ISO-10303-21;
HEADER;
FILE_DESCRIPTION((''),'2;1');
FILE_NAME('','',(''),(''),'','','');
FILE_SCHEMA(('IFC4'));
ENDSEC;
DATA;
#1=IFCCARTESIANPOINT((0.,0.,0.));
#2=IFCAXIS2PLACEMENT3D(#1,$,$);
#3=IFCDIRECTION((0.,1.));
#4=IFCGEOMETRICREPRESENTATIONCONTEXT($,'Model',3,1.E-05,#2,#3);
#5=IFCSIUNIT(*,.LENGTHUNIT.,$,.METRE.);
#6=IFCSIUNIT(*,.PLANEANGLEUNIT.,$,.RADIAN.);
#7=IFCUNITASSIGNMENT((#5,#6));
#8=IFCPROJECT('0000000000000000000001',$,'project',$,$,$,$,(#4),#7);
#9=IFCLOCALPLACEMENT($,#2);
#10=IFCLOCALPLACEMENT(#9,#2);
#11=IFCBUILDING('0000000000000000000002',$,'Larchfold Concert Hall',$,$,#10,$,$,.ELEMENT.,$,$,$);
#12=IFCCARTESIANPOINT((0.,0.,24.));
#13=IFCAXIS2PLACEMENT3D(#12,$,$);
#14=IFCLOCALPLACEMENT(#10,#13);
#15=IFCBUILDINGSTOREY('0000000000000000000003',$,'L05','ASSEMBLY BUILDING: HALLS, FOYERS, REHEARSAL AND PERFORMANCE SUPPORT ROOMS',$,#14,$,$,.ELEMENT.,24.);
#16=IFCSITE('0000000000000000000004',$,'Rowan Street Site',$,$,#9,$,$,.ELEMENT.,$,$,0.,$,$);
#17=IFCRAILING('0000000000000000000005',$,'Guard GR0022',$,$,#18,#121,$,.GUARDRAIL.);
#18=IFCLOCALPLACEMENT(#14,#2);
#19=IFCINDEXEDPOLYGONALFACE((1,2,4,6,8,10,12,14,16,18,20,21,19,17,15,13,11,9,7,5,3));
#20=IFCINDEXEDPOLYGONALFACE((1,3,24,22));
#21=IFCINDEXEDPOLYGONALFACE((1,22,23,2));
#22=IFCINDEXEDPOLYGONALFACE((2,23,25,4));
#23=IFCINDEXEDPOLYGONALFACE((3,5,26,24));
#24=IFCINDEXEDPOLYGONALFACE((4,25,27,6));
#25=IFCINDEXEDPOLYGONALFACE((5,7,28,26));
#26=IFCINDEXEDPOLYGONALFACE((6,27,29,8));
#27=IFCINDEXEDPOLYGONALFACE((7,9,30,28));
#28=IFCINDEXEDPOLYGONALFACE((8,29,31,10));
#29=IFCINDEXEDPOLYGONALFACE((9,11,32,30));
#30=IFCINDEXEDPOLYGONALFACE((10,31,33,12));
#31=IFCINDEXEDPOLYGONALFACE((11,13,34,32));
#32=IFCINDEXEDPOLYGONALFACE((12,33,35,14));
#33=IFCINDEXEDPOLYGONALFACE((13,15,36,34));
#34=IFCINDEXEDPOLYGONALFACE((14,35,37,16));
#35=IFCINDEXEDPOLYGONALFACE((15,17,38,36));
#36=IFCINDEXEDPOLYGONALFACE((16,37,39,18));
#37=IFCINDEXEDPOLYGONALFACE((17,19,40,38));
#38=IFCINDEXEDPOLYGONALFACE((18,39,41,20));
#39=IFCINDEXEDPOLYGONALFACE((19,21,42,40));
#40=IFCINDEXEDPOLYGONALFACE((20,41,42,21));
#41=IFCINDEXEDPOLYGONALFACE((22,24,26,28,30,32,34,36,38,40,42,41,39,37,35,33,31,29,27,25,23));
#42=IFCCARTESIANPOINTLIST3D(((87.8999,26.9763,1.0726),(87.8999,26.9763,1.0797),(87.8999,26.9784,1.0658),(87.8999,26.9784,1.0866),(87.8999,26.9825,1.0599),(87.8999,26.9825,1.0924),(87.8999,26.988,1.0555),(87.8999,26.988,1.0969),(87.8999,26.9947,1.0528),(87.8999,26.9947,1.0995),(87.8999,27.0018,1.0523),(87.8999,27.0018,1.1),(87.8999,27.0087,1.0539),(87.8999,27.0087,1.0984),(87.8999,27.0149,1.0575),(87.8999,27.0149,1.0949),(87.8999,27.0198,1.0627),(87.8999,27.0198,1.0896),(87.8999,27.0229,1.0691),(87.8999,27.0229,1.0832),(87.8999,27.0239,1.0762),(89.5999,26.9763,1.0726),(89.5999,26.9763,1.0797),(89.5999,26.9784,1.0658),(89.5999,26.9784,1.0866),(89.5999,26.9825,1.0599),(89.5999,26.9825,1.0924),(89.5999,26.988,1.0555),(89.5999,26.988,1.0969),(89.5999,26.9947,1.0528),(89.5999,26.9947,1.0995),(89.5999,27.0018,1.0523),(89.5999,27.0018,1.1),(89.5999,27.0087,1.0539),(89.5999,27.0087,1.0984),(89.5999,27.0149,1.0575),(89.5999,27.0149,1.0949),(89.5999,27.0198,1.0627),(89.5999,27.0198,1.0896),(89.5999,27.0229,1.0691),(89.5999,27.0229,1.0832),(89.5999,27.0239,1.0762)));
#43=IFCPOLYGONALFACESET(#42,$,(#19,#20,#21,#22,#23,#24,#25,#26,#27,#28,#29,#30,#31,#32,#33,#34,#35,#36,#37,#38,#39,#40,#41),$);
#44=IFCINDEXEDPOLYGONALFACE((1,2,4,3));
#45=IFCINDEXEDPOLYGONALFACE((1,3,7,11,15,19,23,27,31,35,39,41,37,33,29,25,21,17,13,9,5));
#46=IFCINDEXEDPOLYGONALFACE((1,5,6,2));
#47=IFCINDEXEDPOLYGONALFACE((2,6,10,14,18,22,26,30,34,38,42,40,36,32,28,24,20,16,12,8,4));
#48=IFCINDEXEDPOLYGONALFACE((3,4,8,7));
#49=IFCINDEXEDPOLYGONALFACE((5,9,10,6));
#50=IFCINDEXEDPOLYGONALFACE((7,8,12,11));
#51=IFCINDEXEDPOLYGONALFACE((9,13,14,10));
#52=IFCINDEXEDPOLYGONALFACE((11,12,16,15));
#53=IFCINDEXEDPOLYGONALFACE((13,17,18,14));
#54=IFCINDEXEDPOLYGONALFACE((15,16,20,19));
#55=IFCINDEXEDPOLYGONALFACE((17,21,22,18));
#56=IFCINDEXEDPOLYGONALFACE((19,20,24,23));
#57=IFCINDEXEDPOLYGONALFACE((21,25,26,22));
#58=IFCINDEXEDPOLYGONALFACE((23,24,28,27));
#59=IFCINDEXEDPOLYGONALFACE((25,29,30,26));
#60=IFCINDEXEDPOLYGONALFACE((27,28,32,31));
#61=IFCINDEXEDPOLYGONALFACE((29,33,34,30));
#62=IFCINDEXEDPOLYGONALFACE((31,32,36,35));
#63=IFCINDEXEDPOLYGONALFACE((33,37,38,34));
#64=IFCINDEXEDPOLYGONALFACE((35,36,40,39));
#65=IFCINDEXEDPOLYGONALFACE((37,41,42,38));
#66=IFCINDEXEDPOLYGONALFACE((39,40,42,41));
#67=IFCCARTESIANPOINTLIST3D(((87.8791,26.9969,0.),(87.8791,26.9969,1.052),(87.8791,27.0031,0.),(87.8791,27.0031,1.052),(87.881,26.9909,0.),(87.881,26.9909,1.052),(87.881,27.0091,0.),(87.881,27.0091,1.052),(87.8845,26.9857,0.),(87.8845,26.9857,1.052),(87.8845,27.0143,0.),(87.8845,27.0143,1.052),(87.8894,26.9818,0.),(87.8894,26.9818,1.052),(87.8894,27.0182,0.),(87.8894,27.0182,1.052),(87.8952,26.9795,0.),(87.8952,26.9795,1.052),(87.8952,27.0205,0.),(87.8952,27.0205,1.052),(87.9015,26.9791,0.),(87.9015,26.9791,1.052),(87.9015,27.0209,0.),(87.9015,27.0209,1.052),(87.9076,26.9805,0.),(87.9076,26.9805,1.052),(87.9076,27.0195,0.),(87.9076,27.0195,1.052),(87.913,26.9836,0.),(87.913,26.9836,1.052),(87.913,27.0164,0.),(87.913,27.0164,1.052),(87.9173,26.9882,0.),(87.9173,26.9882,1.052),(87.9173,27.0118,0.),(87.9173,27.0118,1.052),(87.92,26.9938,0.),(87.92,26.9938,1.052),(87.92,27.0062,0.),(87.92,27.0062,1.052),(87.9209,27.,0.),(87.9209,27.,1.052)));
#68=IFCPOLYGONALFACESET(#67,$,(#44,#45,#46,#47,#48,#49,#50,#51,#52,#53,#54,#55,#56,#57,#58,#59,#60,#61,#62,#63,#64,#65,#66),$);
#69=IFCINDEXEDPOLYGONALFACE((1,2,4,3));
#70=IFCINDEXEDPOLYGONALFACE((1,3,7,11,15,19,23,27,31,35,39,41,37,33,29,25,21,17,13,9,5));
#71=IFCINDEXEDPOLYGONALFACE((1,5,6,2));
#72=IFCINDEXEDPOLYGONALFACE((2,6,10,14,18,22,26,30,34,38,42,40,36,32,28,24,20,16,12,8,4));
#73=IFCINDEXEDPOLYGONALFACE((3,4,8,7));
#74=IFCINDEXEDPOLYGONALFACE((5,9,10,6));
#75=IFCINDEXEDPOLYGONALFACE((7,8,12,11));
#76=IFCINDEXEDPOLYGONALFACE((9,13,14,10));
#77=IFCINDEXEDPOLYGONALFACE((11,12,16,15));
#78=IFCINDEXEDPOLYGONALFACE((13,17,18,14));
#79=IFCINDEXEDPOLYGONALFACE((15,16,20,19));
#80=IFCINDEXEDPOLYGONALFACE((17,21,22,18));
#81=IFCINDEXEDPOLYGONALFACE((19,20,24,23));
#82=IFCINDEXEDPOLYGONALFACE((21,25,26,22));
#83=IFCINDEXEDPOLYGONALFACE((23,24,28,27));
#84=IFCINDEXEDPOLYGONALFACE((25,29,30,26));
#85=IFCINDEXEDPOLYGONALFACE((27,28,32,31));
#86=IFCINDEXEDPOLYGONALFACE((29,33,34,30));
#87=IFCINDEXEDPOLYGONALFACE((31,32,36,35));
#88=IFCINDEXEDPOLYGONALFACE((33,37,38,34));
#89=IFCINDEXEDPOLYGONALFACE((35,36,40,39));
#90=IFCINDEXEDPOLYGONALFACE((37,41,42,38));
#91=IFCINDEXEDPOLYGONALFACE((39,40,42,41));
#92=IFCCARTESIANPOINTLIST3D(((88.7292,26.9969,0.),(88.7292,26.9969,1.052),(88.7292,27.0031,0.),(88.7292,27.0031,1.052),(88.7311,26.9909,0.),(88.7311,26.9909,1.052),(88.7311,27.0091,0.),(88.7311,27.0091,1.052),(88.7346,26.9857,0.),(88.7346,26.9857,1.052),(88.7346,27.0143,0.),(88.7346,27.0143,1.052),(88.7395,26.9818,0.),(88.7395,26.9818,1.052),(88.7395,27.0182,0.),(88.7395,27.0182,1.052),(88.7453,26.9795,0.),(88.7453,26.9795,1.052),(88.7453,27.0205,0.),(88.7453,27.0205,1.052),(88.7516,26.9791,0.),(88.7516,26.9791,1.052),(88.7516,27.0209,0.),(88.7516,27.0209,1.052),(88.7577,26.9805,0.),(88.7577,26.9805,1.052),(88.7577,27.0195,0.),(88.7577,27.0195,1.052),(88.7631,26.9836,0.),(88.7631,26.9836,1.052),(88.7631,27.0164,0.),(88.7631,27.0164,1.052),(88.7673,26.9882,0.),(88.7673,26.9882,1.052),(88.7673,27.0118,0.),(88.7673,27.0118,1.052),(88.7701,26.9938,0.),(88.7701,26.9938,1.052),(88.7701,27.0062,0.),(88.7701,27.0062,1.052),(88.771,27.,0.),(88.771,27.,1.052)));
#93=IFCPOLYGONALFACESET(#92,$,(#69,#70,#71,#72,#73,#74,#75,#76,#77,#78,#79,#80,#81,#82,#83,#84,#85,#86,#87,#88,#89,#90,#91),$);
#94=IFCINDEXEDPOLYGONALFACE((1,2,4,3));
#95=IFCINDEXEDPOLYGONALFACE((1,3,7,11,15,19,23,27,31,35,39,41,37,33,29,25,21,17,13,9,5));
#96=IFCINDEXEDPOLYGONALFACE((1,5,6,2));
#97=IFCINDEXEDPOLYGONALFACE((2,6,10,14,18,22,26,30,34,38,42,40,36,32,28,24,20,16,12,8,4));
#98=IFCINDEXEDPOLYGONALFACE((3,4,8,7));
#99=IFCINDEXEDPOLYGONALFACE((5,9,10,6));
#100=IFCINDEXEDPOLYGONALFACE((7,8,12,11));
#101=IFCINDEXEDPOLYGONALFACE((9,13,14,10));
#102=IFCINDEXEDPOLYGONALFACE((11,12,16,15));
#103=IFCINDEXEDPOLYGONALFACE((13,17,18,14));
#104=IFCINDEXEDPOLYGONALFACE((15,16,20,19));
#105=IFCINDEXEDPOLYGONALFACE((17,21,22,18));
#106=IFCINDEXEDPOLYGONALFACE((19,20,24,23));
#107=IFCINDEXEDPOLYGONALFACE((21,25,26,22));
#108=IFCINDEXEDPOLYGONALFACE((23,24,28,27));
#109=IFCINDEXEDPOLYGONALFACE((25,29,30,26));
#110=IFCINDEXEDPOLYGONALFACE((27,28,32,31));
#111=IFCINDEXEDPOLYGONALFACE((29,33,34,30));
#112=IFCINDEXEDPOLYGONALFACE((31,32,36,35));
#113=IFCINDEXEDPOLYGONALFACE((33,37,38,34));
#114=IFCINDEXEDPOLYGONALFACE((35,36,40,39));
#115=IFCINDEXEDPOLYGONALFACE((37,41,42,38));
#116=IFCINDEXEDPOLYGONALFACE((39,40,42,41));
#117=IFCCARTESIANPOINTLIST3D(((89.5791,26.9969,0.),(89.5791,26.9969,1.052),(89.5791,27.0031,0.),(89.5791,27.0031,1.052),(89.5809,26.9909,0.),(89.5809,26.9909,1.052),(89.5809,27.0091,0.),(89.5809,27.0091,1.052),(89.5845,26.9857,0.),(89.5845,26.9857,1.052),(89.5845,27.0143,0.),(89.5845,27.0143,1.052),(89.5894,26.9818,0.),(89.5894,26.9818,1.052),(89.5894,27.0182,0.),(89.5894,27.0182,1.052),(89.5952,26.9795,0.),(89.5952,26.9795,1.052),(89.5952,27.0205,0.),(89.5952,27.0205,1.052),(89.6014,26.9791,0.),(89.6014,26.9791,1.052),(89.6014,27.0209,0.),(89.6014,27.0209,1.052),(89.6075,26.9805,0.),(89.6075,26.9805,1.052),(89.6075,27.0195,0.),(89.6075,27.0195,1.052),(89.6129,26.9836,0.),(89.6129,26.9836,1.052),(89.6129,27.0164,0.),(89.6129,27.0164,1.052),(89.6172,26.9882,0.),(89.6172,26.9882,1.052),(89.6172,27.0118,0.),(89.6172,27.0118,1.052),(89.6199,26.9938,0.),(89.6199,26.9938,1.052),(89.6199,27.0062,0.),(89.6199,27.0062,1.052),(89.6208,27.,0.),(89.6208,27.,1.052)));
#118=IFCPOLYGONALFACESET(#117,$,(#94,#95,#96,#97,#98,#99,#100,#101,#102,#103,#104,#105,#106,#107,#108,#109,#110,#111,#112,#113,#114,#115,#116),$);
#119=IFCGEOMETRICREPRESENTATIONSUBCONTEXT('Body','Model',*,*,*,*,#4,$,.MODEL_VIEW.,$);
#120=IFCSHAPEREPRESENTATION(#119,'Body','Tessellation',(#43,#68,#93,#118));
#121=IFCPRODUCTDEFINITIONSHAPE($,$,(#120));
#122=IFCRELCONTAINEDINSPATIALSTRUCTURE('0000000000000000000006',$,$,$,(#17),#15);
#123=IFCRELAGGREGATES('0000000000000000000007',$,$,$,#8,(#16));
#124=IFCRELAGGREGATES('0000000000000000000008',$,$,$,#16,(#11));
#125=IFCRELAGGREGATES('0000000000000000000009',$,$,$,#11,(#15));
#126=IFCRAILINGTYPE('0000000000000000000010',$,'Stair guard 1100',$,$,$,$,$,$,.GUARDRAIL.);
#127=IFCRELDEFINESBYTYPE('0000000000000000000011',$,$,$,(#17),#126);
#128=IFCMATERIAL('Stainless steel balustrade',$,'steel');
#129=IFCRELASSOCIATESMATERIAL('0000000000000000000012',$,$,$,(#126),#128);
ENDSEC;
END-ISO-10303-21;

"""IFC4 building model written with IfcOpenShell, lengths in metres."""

from ifc_helpers import new_model, si_unit, direction, frame, origin, origin_2d, place, context, subcontext, project, spatial, circle, extrude, material, type_object, element, save


model = new_model("IFC4")

# Units and contexts
model_context = context("Model", 3, precision=1e-05, world=origin(), true_north=direction((0.0, 1.0)))
body_context = subcontext(model_context, "Body", "Model", "MODEL_VIEW")
ifc_project = project(units=[si_unit("LENGTHUNIT", "METRE"), si_unit("PLANEANGLEUNIT", "RADIAN")], contexts=[model_context])

# Site, building, storey
site_placement = place(None, origin())
site = spatial("IfcSite", under=ifc_project, at=site_placement, Name="Rowan Street Site", CompositionType="ELEMENT", RefElevation=0.0)
building_placement = place(site_placement, origin())
building = spatial("IfcBuilding", under=site, at=building_placement, Name="Larchfold Concert Hall", CompositionType="ELEMENT")
storey_placement = place(building_placement, frame((0.0, 0.0, 24.0)))
storey = spatial("IfcBuildingStorey", under=building, at=storey_placement, Name="L05", Description="ASSEMBLY BUILDING: HALLS, FOYERS, REHEARSAL AND PERFORMANCE SUPPORT ROOMS", CompositionType="ELEMENT", Elevation=24.0)

# Railing
ifc_material_1 = material(Name="Stainless steel balustrade", Category="steel")
railing_type = type_object("IfcRailingType", Name="Stair guard 1100", PredefinedType="GUARDRAIL", material=ifc_material_1)
railing_placement = place(storey_placement, frame((87.8999, 27.0, 0.0)))
element("IfcRailing", 1, at=railing_placement, inside=storey, type_object=railing_type, Name="Guard GR0022", PredefinedType="GUARDRAIL", context=body_context, shape_type="SweptSolid", body=[
    extrude(circle(Radius=0.0239, at=origin_2d()), frame((0.0, 0.0, 1.0762), z_axis=(1.0, 0.0, 0.0), x_axis=(0.0, 1.0, 0.0)), (0.0, 0.0, 1.0), 1.7),
    extrude(circle(Radius=0.021, at=origin_2d()), origin(), (0.0, 0.0, 1.0), 1.052),
    extrude(circle(Radius=0.021, at=origin_2d()), frame((0.8501, 0.0, 0.0)), (0.0, 0.0, 1.0), 1.052),
    extrude(circle(Radius=0.021, at=origin_2d()), frame((1.7, 0.0, 0.0)), (0.0, 0.0, 1.0), 1.052),
])

save(model, "model.ifc")
